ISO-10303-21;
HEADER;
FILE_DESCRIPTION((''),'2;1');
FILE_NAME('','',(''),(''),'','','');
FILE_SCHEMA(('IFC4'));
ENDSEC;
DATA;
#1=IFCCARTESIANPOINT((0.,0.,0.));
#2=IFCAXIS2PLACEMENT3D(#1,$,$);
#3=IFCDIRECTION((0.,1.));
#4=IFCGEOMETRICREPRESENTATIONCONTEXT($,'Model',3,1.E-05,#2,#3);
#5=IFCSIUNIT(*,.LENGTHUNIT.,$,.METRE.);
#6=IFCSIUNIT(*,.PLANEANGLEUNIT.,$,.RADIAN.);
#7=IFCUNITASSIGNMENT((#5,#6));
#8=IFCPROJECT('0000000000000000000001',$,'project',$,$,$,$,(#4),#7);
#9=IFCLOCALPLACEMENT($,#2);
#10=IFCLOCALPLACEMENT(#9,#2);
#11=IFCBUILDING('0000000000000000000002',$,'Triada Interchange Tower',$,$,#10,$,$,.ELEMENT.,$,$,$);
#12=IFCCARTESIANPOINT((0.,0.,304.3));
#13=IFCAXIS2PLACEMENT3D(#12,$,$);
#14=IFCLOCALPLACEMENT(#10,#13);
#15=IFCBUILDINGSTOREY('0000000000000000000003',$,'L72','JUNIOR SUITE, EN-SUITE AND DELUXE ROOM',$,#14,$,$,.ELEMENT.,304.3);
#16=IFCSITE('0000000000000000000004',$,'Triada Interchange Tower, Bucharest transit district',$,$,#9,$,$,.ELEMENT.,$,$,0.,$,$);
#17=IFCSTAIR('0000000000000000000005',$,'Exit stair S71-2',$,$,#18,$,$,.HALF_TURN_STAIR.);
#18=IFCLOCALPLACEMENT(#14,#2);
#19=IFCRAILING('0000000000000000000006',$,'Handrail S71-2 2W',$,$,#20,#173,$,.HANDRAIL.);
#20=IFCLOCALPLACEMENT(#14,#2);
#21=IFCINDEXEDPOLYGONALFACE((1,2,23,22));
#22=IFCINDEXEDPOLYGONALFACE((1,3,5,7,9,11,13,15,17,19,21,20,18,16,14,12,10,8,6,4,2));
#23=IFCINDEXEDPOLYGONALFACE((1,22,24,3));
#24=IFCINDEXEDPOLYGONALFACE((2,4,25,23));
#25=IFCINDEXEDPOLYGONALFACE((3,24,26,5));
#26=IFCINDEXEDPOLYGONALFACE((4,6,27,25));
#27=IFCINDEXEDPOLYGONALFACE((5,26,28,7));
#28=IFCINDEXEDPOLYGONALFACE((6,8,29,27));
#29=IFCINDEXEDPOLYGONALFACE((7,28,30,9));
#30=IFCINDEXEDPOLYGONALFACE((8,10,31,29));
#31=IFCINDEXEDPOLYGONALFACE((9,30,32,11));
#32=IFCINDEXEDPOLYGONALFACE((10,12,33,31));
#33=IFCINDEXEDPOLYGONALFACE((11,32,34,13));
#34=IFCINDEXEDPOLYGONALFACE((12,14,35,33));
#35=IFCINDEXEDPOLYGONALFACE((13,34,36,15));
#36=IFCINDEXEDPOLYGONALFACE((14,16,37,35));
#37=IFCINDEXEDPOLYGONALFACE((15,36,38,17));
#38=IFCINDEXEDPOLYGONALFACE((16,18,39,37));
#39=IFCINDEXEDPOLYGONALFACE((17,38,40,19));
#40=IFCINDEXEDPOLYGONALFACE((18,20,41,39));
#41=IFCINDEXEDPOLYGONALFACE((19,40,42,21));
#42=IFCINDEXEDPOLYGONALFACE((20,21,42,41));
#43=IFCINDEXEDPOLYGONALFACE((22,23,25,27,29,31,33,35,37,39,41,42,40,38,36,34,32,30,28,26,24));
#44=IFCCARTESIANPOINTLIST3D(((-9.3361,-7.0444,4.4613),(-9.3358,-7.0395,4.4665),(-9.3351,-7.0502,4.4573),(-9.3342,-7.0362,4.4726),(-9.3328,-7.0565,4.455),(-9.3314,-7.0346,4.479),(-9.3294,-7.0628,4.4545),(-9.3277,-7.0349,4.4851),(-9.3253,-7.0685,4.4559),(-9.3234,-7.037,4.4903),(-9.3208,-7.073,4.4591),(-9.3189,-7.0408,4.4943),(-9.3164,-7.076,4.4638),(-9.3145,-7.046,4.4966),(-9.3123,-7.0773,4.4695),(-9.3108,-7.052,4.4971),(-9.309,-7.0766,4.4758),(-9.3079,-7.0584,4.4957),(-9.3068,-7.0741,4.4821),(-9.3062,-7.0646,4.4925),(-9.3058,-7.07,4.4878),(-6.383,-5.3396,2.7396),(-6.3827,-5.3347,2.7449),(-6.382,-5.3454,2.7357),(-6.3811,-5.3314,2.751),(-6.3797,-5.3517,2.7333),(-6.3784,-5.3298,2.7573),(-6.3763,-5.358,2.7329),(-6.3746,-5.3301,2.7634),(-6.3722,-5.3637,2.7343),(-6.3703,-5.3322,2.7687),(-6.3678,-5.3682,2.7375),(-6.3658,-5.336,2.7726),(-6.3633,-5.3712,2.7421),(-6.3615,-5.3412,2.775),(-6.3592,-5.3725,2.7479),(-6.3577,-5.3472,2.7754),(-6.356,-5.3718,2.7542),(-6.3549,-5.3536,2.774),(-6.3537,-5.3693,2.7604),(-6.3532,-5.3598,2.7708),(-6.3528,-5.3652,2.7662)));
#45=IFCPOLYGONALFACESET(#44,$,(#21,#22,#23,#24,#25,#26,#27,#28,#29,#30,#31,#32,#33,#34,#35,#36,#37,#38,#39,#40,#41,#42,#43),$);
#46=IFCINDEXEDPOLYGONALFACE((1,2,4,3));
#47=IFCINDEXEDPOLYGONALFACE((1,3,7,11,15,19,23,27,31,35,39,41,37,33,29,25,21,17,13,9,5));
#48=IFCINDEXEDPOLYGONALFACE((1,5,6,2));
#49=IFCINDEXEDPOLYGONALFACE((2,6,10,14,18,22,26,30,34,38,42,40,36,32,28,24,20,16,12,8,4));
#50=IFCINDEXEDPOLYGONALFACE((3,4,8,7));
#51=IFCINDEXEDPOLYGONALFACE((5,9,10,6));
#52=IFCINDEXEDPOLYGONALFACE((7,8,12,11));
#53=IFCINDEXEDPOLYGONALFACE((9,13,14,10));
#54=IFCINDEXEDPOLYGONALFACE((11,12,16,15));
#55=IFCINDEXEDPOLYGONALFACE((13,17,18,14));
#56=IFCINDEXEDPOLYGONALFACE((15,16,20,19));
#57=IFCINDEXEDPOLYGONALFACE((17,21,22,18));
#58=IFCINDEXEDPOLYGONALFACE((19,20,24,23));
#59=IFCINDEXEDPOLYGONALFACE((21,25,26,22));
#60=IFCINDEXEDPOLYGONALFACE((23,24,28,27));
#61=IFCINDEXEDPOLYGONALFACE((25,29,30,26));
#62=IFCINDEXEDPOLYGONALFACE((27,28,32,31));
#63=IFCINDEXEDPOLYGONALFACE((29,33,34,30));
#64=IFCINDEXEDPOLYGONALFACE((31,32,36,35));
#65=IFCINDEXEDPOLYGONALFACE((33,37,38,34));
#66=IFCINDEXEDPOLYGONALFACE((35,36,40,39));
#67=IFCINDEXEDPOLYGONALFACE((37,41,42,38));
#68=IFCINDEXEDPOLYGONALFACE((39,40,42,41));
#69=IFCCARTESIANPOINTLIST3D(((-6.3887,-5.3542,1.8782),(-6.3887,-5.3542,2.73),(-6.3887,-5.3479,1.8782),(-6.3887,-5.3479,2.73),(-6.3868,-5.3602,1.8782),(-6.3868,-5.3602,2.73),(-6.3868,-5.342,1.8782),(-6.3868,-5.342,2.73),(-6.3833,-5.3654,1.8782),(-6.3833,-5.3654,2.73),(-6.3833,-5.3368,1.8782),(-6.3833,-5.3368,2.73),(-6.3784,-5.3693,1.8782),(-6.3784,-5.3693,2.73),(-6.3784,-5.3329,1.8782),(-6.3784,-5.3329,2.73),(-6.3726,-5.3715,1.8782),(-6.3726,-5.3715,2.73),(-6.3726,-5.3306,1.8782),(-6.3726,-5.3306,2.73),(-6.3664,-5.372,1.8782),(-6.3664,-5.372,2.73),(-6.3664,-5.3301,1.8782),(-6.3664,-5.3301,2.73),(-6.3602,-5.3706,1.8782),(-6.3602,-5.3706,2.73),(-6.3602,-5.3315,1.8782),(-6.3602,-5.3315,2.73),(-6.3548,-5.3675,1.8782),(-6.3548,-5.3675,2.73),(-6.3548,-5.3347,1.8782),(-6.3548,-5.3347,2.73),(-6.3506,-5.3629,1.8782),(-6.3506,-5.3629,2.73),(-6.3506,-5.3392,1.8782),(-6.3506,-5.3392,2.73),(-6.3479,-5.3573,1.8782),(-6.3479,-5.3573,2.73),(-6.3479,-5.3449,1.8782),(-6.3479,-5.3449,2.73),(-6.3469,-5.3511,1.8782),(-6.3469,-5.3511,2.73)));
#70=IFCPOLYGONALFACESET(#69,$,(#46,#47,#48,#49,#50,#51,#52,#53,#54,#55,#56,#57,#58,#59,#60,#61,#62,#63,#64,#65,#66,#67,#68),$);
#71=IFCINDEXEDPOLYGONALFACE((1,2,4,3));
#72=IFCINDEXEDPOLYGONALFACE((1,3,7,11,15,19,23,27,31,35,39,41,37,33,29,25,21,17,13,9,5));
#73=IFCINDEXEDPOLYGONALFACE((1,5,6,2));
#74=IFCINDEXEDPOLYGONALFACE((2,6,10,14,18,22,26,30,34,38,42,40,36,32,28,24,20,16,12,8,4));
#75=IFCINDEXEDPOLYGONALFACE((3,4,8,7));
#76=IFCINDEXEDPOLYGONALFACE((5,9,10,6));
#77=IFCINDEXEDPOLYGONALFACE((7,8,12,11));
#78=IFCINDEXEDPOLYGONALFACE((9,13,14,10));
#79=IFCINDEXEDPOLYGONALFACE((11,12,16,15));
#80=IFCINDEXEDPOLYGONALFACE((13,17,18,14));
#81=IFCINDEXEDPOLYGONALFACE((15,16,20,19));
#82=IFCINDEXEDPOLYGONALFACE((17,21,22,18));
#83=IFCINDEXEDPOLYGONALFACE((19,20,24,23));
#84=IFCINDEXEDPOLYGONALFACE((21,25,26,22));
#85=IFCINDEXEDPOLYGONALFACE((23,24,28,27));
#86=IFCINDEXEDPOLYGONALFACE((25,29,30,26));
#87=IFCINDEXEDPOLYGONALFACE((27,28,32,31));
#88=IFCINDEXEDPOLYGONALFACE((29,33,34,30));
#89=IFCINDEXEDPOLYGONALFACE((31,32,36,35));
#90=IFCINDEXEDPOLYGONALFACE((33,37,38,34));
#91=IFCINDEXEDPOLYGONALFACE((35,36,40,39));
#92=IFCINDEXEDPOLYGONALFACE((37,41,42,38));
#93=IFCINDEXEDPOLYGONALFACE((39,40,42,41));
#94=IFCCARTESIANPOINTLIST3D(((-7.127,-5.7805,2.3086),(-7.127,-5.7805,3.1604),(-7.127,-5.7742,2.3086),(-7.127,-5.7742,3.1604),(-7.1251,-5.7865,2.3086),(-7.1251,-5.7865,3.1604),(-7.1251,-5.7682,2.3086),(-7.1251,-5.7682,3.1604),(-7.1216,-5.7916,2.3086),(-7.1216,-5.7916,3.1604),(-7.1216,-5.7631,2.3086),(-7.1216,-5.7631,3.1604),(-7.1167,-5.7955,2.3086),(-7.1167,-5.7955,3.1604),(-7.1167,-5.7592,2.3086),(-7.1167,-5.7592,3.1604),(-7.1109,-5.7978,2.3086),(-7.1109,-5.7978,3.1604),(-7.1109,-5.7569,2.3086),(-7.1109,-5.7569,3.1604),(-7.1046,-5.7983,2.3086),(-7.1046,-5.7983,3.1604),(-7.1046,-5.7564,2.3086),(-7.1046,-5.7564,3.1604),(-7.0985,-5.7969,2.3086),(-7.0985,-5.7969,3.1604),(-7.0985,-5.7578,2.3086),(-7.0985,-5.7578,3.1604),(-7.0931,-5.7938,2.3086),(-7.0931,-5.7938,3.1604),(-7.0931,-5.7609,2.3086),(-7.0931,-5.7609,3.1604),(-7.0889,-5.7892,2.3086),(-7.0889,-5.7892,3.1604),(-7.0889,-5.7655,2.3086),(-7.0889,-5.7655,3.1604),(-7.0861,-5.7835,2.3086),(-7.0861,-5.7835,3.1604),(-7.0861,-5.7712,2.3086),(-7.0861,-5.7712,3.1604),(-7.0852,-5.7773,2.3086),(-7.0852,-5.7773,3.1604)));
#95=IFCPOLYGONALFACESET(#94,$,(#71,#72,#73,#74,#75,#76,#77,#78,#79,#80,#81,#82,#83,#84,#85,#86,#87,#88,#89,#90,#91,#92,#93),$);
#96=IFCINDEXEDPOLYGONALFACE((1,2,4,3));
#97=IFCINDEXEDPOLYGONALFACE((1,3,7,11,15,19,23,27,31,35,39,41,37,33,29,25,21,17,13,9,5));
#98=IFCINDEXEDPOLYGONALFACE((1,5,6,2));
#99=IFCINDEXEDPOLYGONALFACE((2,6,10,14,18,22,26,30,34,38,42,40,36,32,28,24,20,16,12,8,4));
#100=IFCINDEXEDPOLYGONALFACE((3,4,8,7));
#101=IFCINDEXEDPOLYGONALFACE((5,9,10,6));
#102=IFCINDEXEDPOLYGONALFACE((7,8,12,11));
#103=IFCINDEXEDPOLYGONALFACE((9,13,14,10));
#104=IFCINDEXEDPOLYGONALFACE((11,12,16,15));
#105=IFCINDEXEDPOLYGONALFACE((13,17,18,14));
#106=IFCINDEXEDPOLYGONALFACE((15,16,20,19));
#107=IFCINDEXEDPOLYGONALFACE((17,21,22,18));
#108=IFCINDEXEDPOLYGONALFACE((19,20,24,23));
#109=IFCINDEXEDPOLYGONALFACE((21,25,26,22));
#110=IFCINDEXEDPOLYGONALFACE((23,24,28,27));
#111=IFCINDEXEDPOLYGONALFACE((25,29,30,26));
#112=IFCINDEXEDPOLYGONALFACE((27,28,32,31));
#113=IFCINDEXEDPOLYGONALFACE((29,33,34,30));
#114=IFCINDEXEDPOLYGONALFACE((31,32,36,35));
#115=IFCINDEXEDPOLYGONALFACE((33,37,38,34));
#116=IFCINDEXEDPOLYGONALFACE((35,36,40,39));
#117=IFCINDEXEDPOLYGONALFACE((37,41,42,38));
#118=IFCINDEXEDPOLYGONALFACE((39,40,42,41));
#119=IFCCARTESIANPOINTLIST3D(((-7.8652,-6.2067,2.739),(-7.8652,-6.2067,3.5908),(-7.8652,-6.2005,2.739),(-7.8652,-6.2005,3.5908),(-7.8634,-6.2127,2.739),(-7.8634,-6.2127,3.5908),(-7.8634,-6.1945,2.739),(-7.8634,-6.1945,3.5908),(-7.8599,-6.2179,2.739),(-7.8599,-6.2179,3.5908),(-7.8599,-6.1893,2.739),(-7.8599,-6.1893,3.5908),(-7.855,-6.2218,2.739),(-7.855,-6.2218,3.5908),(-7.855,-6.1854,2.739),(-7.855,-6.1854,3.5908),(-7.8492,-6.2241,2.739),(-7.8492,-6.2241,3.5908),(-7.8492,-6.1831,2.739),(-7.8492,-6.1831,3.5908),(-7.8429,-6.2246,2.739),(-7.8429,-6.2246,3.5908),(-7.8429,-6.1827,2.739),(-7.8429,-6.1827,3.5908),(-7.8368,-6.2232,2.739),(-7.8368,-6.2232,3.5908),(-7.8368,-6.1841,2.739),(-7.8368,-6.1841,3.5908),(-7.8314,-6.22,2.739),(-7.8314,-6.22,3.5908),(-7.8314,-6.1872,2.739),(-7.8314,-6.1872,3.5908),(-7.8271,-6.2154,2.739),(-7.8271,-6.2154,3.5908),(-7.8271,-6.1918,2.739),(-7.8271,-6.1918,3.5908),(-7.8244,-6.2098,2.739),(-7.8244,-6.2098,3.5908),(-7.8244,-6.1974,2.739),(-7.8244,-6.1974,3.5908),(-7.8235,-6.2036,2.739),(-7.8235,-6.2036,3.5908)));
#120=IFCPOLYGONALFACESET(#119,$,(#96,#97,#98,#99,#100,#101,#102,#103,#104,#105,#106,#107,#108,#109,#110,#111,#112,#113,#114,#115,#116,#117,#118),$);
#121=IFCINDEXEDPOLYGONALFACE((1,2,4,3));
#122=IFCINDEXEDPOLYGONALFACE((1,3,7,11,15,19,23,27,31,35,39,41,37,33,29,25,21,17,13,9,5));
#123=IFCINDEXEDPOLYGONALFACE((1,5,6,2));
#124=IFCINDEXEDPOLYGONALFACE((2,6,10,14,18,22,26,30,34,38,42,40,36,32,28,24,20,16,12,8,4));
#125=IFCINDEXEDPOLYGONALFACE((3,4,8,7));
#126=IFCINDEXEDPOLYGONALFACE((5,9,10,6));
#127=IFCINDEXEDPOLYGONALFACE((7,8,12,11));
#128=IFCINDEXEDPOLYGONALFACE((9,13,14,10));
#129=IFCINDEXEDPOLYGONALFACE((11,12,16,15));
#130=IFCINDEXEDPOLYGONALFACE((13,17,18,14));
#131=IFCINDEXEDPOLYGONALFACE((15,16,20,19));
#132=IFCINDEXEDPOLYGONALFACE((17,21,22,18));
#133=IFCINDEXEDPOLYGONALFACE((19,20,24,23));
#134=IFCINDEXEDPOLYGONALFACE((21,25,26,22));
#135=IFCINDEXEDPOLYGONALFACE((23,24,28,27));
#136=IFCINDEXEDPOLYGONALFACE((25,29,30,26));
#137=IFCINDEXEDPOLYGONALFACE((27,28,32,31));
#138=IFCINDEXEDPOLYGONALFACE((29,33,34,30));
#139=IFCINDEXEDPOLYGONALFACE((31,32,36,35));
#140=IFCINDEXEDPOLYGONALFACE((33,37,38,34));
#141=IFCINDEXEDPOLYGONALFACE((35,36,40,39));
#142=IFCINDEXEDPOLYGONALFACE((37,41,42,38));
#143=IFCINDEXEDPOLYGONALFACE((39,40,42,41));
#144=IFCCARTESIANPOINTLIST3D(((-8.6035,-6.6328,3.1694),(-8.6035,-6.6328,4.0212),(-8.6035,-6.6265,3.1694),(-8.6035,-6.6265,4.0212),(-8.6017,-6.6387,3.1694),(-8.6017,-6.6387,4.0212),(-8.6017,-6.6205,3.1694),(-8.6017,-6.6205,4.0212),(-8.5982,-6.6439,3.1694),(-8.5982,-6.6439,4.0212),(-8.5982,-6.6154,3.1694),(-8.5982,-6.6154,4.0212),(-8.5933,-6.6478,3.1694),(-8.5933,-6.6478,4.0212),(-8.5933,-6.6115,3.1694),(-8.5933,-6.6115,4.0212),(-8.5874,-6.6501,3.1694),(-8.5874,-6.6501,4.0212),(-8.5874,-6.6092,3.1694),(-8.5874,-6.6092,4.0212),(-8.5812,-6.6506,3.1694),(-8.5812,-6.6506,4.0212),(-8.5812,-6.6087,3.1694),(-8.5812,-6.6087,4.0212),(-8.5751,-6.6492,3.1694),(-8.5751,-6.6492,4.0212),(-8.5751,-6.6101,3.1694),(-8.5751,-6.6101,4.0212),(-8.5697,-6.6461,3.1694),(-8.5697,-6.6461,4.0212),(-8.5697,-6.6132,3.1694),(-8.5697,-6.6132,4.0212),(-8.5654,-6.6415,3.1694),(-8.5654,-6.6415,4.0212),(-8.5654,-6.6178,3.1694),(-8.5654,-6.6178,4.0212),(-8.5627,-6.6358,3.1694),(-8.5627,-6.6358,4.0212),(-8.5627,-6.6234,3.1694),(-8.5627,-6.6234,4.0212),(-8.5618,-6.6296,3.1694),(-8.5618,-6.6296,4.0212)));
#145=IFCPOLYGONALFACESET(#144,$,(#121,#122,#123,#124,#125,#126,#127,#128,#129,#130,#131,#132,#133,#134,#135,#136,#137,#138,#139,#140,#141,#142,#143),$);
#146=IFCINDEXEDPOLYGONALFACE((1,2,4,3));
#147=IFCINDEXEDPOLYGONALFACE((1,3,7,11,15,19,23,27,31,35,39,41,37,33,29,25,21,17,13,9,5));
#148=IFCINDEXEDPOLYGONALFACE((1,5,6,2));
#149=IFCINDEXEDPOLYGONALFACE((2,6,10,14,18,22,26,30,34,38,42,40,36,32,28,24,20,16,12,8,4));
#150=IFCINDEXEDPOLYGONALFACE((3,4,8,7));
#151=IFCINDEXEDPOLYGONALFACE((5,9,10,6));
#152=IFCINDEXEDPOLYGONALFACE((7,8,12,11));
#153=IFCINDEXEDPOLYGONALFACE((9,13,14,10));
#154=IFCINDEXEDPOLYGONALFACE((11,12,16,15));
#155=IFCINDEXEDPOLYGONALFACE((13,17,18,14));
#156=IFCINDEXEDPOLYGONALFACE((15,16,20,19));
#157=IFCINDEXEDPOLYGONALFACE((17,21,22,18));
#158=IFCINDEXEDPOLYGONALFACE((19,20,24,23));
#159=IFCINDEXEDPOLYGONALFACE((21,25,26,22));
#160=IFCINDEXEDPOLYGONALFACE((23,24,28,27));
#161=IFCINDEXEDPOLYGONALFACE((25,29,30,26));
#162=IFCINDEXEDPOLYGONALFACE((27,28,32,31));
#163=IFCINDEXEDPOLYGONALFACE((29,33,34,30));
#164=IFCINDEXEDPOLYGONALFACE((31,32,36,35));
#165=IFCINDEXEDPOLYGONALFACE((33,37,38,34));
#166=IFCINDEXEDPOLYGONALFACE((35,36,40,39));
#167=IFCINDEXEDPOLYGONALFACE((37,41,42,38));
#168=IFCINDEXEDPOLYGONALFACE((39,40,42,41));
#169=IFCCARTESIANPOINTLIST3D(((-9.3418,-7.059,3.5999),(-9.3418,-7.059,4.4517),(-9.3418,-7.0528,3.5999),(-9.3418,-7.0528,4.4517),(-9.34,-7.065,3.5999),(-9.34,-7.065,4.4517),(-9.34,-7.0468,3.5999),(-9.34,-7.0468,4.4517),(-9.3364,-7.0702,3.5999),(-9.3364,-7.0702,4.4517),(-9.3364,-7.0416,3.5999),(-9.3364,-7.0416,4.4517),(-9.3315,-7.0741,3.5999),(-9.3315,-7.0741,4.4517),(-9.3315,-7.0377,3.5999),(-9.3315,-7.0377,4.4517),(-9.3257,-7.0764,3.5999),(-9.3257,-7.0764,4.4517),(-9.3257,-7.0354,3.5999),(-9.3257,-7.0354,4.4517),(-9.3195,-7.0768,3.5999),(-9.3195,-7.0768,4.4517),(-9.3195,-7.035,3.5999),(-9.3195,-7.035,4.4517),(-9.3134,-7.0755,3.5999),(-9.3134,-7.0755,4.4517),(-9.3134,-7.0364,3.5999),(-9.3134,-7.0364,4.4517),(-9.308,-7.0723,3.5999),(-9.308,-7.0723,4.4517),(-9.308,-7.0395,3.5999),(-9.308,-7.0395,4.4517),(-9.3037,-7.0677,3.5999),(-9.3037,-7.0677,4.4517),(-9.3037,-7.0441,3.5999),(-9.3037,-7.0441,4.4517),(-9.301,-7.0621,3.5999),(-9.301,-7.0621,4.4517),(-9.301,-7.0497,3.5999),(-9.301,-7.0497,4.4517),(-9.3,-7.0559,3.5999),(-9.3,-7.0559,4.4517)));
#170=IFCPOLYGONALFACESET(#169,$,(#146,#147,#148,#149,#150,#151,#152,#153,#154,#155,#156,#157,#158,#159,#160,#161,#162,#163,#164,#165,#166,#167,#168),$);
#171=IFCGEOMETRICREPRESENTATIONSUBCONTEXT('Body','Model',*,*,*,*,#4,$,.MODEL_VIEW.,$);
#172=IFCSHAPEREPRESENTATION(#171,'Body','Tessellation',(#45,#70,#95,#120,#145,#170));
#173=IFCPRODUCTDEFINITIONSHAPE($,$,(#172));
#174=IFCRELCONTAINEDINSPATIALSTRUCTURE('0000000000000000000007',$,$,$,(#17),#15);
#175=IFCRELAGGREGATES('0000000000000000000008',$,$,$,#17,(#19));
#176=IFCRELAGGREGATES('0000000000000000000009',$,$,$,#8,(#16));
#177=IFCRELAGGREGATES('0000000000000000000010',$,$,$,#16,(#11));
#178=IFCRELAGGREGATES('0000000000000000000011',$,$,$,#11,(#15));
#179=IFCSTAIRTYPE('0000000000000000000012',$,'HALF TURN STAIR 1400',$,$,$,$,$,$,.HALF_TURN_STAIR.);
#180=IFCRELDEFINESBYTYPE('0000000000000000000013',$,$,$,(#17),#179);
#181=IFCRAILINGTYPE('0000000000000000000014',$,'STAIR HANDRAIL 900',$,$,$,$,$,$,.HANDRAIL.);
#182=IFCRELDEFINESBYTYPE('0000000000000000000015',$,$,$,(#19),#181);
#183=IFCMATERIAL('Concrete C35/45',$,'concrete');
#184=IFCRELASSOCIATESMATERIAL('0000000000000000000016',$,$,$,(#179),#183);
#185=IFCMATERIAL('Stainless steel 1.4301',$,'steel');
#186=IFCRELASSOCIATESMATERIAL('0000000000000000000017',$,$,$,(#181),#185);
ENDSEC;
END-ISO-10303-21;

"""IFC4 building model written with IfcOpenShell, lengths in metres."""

from ifc_helpers import new_model, si_unit, direction, frame, origin, origin_2d, place, context, subcontext, project, spatial, circle, extrude, material, type_object, element, aggregate, save


model = new_model("IFC4")

# Units and contexts
model_context = context("Model", 3, precision=1e-05, world=origin(), true_north=direction((0.0, 1.0)))
body_context = subcontext(model_context, "Body", "Model", "MODEL_VIEW")
ifc_project = project(units=[si_unit("LENGTHUNIT", "METRE"), si_unit("PLANEANGLEUNIT", "RADIAN")], contexts=[model_context])

# Site, building, storey
site_placement = place(None, origin())
site = spatial("IfcSite", under=ifc_project, at=site_placement, Name="Triada Interchange Tower, Bucharest transit district", CompositionType="ELEMENT", RefElevation=0.0)
building_placement = place(site_placement, origin())
building = spatial("IfcBuilding", under=site, at=building_placement, Name="Triada Interchange Tower", CompositionType="ELEMENT")
storey_placement = place(building_placement, frame((0.0, 0.0, 304.3)))
storey = spatial("IfcBuildingStorey", under=building, at=storey_placement, Name="L72", Description="JUNIOR SUITE, EN-SUITE AND DELUXE ROOM", CompositionType="ELEMENT", Elevation=304.3)

# Stair, railing
ifc_material_1 = material(Name="Concrete C35/45", Category="concrete")
stair_type = type_object("IfcStairType", Name="HALF TURN STAIR 1400", PredefinedType="HALF_TURN_STAIR", material=ifc_material_1)
stair_placement = place(storey_placement, origin())
stair = element("IfcStair", 1, at=stair_placement, inside=storey, type_object=stair_type, Name="Exit stair S71-2", PredefinedType="HALF_TURN_STAIR")
ifc_material_2 = material(Name="Stainless steel 1.4301", Category="steel")
railing_type = type_object("IfcRailingType", Name="STAIR HANDRAIL 900", PredefinedType="HANDRAIL", material=ifc_material_2)
railing_1_placement = place(storey_placement, frame((-6.3679, -5.3511, 1.8782)))
railing_1 = element("IfcRailing", 2, at=railing_1_placement, type_object=railing_type, Name="Handrail S71-2 2W", PredefinedType="HANDRAIL", context=body_context, shape_type="SweptSolid", body=[
    extrude(circle(Radius=0.0239, at=origin_2d()), frame((0.0, 0.0, 0.876), z_axis=(-0.773091, -0.446304, 0.450714), x_axis=(0.499966, -0.866045, 0.0)), (0.0, 0.0, 1.0), 3.8198),
    extrude(circle(Radius=0.021, at=origin_2d()), origin(), (0.0, 0.0, 1.0), 0.8518),
    extrude(circle(Radius=0.021, at=origin_2d()), frame((-0.7383, -0.4263, 0.4304)), (0.0, 0.0, 1.0), 0.8518),
    extrude(circle(Radius=0.021, at=origin_2d()), frame((-1.4766, -0.8525, 0.8608)), (0.0, 0.0, 1.0), 0.8518),
    extrude(circle(Radius=0.021, at=origin_2d()), frame((-2.2148, -1.2786, 1.2913)), (0.0, 0.0, 1.0), 0.8518),
    extrude(circle(Radius=0.021, at=origin_2d()), frame((-2.9531, -1.7048, 1.7217)), (0.0, 0.0, 1.0), 0.8518),
])
aggregate(stair, [railing_1])

save(model, "model.ifc")
